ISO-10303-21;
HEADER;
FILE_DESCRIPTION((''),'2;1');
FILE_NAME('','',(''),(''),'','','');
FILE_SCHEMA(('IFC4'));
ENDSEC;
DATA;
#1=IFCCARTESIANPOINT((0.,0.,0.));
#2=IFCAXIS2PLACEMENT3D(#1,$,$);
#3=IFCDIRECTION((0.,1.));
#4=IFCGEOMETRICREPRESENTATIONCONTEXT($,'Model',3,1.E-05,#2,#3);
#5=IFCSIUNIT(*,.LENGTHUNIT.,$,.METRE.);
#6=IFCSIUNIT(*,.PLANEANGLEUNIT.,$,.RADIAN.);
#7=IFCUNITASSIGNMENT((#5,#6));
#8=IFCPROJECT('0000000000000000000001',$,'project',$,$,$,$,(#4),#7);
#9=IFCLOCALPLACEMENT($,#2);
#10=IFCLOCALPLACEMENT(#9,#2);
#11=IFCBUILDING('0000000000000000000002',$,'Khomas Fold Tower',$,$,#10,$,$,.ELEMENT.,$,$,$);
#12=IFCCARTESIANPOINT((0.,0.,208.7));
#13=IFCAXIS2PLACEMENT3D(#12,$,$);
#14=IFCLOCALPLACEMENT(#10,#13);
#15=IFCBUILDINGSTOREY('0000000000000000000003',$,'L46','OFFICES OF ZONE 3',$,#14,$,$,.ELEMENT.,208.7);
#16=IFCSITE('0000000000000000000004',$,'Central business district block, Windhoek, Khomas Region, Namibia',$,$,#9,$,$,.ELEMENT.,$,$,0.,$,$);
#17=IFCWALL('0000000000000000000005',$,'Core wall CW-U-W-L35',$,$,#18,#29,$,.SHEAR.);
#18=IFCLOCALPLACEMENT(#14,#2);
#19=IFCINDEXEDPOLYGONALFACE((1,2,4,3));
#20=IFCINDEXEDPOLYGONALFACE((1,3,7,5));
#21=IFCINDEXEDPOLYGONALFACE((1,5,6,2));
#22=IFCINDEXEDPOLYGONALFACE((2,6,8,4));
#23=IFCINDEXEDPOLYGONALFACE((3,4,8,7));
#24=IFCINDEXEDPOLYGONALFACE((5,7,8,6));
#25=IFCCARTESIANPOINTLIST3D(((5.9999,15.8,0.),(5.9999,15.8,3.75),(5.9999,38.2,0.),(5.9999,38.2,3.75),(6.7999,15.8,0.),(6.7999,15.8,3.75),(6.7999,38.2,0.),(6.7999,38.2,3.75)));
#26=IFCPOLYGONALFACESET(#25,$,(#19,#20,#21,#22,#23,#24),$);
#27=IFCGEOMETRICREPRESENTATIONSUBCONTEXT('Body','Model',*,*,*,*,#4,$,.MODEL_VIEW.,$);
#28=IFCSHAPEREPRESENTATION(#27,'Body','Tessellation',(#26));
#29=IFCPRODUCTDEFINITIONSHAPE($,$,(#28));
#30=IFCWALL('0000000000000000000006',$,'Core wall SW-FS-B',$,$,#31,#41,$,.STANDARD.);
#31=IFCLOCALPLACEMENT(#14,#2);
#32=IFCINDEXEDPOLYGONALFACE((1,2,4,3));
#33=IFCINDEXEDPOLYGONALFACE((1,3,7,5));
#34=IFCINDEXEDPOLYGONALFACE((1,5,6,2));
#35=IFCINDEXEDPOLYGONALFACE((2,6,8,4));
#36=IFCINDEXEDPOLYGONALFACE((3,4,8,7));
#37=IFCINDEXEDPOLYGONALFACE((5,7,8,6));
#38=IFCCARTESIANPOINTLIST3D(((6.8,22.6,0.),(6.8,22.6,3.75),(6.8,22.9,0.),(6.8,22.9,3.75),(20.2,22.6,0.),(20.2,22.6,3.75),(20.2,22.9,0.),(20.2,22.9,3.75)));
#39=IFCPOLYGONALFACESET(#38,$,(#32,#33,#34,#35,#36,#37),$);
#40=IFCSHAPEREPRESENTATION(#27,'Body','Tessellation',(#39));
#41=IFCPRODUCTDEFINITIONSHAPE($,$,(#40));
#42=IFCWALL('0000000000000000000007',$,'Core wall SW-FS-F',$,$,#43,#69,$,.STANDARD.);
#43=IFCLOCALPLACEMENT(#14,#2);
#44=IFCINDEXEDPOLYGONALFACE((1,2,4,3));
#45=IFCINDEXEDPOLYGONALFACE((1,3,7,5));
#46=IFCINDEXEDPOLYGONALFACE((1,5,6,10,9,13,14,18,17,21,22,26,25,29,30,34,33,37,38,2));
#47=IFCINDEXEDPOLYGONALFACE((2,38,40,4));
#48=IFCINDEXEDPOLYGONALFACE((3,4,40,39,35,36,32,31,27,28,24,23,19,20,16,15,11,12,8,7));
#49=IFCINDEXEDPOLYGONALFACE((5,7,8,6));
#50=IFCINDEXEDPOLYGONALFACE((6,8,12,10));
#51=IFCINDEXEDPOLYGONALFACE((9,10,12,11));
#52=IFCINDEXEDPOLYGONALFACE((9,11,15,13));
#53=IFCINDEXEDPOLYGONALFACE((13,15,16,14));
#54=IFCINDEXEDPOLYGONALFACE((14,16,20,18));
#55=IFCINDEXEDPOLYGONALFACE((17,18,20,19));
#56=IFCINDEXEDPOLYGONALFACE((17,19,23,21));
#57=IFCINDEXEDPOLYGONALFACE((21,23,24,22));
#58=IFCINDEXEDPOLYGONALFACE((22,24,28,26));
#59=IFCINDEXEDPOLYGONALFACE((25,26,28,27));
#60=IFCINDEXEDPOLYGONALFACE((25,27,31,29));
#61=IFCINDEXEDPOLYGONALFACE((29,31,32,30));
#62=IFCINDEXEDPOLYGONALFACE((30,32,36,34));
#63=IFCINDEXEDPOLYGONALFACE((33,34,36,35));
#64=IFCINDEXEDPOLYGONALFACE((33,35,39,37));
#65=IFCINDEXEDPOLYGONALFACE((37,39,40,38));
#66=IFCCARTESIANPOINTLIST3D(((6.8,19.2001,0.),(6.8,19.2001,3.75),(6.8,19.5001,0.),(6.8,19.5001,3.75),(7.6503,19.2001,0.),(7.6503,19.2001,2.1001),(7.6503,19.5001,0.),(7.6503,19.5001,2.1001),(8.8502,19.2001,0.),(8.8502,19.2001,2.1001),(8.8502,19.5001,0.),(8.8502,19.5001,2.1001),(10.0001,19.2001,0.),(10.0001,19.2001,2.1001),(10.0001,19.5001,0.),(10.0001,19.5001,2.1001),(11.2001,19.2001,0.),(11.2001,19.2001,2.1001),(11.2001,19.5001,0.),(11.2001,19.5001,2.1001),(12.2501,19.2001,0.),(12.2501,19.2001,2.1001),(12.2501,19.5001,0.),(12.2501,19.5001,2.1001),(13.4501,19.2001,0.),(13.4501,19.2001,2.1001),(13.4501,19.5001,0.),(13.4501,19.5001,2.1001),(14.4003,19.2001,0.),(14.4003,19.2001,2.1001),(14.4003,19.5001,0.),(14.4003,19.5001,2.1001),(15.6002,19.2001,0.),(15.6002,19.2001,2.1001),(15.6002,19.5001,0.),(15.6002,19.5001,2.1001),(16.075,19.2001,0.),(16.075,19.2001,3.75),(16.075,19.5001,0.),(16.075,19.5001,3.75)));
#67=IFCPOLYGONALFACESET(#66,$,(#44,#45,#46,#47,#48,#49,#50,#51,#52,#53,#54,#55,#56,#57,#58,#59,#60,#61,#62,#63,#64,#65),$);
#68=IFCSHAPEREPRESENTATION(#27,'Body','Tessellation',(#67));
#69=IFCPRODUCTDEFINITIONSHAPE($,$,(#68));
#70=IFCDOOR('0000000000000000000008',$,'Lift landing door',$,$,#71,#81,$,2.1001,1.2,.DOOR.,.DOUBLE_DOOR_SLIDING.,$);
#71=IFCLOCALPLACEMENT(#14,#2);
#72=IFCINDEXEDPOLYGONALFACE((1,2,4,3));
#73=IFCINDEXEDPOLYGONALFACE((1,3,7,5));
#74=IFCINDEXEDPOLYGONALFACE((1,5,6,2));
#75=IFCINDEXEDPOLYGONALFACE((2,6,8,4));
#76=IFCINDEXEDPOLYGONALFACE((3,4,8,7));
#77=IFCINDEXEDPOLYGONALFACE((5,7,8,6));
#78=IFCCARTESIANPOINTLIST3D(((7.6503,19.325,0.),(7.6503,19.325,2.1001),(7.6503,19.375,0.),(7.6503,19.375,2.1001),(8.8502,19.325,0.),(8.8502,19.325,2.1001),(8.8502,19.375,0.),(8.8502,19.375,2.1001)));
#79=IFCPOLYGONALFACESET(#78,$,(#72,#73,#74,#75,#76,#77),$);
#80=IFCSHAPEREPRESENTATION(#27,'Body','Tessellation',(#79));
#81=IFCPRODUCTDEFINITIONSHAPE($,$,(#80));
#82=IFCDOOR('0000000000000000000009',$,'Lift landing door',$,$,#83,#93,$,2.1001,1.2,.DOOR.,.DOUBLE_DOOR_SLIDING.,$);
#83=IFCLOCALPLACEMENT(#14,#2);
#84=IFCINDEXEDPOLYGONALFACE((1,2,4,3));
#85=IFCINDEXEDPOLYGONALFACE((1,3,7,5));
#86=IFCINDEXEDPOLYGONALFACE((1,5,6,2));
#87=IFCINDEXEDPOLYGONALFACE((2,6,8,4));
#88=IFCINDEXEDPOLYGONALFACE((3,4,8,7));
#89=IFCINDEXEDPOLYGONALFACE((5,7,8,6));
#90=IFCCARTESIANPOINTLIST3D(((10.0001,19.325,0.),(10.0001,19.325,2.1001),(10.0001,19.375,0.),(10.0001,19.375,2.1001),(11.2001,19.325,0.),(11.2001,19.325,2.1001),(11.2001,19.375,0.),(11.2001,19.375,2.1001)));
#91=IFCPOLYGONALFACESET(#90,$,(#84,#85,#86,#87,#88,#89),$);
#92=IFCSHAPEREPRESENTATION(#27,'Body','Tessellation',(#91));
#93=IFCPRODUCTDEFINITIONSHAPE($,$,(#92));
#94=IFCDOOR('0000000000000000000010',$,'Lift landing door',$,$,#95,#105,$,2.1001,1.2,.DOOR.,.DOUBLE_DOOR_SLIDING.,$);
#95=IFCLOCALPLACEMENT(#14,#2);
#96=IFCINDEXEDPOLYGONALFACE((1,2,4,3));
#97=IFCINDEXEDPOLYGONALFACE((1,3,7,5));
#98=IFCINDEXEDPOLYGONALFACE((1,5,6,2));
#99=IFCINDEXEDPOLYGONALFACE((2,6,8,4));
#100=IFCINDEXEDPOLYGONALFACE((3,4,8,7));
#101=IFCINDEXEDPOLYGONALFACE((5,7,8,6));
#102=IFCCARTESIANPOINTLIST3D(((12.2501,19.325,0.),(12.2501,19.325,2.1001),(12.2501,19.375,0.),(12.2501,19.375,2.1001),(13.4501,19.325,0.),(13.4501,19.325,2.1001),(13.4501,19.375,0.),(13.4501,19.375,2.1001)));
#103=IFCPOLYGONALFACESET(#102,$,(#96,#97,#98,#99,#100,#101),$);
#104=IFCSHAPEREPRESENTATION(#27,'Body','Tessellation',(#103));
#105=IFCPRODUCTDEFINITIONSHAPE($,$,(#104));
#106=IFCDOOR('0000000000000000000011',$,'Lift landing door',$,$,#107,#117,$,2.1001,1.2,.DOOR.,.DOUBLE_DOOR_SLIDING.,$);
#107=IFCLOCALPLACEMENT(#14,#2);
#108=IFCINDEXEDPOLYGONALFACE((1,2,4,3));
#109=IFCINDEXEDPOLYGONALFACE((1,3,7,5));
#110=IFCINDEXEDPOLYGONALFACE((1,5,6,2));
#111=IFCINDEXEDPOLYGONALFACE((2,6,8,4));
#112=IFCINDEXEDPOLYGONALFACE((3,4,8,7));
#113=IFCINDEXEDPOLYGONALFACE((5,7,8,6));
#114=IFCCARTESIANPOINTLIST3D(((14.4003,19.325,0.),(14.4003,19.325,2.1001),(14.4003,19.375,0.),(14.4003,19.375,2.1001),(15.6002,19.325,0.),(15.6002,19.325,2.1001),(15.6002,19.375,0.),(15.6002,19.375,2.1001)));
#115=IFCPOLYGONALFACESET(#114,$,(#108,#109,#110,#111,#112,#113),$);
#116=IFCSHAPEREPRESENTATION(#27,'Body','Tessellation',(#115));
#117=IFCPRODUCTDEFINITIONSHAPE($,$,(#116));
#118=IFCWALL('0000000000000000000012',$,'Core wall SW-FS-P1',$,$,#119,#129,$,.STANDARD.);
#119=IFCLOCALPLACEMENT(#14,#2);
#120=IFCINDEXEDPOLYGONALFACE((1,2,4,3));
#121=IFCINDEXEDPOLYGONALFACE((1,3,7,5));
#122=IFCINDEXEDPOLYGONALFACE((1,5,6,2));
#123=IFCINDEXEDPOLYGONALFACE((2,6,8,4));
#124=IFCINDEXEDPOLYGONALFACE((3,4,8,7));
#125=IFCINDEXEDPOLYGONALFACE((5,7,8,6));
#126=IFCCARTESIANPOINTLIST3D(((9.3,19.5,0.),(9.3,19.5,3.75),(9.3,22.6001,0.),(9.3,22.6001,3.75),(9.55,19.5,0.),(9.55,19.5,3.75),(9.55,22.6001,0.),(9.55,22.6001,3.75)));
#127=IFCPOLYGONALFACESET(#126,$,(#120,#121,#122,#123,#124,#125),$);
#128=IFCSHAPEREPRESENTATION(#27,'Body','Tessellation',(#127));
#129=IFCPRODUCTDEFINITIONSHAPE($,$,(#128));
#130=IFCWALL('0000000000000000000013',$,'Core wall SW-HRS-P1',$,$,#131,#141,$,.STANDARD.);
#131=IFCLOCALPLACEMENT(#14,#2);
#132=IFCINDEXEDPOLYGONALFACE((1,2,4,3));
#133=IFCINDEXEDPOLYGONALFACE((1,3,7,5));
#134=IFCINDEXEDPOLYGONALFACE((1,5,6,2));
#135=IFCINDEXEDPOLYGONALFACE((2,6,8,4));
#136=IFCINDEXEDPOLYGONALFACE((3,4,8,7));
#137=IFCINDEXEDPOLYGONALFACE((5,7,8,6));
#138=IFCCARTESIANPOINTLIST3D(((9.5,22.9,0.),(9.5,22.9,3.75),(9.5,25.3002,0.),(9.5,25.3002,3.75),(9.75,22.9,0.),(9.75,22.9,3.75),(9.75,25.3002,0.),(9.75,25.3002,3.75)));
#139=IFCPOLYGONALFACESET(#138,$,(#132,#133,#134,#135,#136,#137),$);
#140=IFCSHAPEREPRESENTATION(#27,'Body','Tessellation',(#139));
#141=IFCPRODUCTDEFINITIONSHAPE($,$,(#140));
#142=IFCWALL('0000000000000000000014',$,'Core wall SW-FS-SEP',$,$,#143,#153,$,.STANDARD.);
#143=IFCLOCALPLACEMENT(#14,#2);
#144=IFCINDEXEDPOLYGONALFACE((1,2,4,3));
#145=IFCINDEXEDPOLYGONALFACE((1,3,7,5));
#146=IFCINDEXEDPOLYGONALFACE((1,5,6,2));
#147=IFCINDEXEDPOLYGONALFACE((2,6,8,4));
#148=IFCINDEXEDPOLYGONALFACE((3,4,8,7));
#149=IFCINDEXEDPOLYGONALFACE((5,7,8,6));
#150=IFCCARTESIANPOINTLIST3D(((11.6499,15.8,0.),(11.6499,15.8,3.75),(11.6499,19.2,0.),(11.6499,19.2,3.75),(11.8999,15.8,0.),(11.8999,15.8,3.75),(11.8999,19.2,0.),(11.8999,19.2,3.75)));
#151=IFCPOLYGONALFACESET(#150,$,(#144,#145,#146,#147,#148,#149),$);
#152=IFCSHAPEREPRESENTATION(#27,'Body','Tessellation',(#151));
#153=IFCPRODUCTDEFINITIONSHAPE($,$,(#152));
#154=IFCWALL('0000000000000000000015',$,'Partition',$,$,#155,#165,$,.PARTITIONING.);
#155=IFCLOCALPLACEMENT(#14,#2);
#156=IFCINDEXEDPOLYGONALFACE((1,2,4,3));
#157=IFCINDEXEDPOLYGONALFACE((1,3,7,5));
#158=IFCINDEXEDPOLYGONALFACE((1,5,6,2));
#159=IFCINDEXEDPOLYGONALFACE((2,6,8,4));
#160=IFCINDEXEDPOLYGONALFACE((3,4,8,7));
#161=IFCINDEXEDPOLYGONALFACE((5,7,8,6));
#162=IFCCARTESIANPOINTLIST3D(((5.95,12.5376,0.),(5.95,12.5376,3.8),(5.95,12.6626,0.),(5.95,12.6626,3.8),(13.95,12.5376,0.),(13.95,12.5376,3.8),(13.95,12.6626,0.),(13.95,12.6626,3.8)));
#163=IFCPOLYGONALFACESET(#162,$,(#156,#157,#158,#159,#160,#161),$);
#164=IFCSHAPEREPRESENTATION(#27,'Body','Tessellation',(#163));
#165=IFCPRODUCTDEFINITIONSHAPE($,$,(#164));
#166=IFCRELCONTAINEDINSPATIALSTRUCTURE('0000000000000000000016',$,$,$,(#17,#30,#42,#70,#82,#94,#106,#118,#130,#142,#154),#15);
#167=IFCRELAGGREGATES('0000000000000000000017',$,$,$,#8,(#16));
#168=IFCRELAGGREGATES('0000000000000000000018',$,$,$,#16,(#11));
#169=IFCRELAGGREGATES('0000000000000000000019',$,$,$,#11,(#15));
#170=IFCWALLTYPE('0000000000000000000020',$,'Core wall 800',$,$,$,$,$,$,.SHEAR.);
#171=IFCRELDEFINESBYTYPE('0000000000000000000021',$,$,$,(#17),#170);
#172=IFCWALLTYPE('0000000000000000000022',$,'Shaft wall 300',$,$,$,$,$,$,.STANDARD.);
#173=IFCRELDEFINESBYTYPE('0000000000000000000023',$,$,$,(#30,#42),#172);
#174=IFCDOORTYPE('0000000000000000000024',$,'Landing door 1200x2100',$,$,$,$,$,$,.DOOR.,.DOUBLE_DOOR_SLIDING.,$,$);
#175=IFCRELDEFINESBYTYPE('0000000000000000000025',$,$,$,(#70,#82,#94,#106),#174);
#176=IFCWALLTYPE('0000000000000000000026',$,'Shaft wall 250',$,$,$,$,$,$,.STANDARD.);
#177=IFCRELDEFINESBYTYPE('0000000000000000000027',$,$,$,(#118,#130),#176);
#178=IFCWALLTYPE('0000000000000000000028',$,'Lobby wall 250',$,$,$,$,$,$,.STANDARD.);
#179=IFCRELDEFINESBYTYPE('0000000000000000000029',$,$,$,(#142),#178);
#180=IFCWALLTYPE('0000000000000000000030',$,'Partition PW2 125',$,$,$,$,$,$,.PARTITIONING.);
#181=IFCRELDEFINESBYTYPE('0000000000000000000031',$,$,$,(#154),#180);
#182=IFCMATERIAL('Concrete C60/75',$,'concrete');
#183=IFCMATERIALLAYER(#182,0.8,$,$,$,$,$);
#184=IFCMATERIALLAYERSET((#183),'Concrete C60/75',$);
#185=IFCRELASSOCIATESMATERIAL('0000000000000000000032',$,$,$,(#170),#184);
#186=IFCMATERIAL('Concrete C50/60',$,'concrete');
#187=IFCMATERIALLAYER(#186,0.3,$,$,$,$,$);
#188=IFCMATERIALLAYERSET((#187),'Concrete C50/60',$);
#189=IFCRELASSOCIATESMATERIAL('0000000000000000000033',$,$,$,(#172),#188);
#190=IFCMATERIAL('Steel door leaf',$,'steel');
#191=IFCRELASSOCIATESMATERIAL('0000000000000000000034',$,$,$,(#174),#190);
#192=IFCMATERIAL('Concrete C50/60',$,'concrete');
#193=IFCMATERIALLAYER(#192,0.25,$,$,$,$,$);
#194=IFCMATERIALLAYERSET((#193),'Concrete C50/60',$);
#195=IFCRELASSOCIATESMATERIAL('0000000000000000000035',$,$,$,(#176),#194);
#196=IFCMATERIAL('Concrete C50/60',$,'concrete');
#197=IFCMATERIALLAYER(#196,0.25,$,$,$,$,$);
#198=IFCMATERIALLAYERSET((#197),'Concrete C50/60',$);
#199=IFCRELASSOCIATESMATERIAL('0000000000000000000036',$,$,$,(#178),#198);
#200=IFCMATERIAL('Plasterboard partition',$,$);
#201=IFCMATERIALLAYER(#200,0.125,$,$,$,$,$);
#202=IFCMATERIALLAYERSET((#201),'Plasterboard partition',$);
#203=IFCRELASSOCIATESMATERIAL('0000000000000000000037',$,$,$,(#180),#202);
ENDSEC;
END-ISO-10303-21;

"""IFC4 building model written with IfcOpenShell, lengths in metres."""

from ifc_helpers import new_model, si_unit, direction, frame, frame_2d, origin, place, context, subcontext, project, spatial, rectangle, extrude, source, transform, mapped, material, layer, layer_set, type_object, element, fill, save


model = new_model("IFC4")

# Units and contexts
model_context = context("Model", 3, precision=1e-05, world=origin(), true_north=direction((0.0, 1.0)))
body_context = subcontext(model_context, "Body", "Model", "MODEL_VIEW")
ifc_project = project(units=[si_unit("LENGTHUNIT", "METRE"), si_unit("PLANEANGLEUNIT", "RADIAN")], contexts=[model_context])

# Site, building, storey
site_placement = place(None, origin())
site = spatial("IfcSite", under=ifc_project, at=site_placement, Name="Central business district block, Windhoek, Khomas Region, Namibia", CompositionType="ELEMENT", RefElevation=0.0)
building_placement = place(site_placement, origin())
building = spatial("IfcBuilding", under=site, at=building_placement, Name="Khomas Fold Tower", CompositionType="ELEMENT")
storey_placement = place(building_placement, frame((0.0, 0.0, 208.7)))
storey = spatial("IfcBuildingStorey", under=building, at=storey_placement, Name="L46", Description="OFFICES OF ZONE 3", CompositionType="ELEMENT", Elevation=208.7)

# Shared definitions
ifc_material_1 = material(Name="Concrete C60/75", Category="concrete")
ifc_layer_1 = layer(ifc_material_1, 0.8)
ifc_layer_set_1 = layer_set([ifc_layer_1], Name="Concrete C60/75")
wall_type_1 = type_object("IfcWallType", Name="Core wall 800", PredefinedType="SHEAR", material=ifc_layer_set_1)

# Walls
shared_shape_1 = source(origin(), body_context, "Body", "SweptSolid", [
    extrude(rectangle(XDim=22.3999, YDim=0.8, at=frame_2d((11.2, 0.0))), origin(), (0.0, 0.0, 1.0), 3.75),
])
wall_1_placement = place(storey_placement, frame((6.3999, 15.8, 0.0), z_axis=(0.0, 0.0, 1.0), x_axis=(0.0, 1.0, 0.0)))
element("IfcWall", 1, at=wall_1_placement, inside=storey, type_object=wall_type_1, Name="Core wall CW-U-W-L35", PredefinedType="SHEAR", context=body_context, shape_type="MappedRepresentation", body=[
    mapped(shared_shape_1, transform((0.0, 0.0, 0.0))),
])
ifc_material_2 = material(Name="Concrete C50/60", Category="concrete")
ifc_layer_2 = layer(ifc_material_2, 0.3)
ifc_layer_set_2 = layer_set([ifc_layer_2], Name="Concrete C50/60")
wall_type_2 = type_object("IfcWallType", Name="Shaft wall 300", PredefinedType="STANDARD", material=ifc_layer_set_2)
shared_shape_2 = source(origin(), body_context, "Body", "SweptSolid", [
    extrude(rectangle(XDim=13.3999, YDim=0.3, at=frame_2d((6.7, 0.0))), origin(), (0.0, 0.0, 1.0), 3.75),
])
wall_2_placement = place(storey_placement, frame((6.8, 22.75, 0.0), z_axis=(0.0, 0.0, 1.0), x_axis=(1.0, 0.0, 0.0)))
element("IfcWall", 2, at=wall_2_placement, inside=storey, type_object=wall_type_2, Name="Core wall SW-FS-B", PredefinedType="STANDARD", context=body_context, shape_type="MappedRepresentation", body=[
    mapped(shared_shape_2, transform((0.0, 0.0, 0.0))),
])

# Wall, openings, doors
shared_shape_3 = source(origin(), body_context, "Body", "SweptSolid", [
    extrude(rectangle(XDim=9.2749, YDim=0.3, at=frame_2d((4.6375, 0.0))), origin(), (0.0, 0.0, 1.0), 3.75),
])
wall_3_placement = place(storey_placement, frame((6.8, 19.3501, 0.0), z_axis=(0.0, 0.0, 1.0), x_axis=(1.0, 0.0, 0.0)))
wall_3 = element("IfcWall", 3, at=wall_3_placement, inside=storey, type_object=wall_type_2, Name="Core wall SW-FS-F", PredefinedType="STANDARD", context=body_context, shape_type="MappedRepresentation", body=[
    mapped(shared_shape_3, transform((0.0, 0.0, 0.0))),
])
shared_shape_4 = source(origin(), body_context, "Body", "SweptSolid", [
    extrude(rectangle(XDim=1.2, YDim=2.1001, at=frame_2d((0.6001, 1.05))), frame((0.0, 0.1599, 0.0), z_axis=(0.0, -1.0, 0.0), x_axis=(1.0, 0.0, 0.0)), (0.0, 0.0, 1.0), 0.3201),
])
opening_1_placement = place(wall_3_placement, frame((0.8501, 0.0, 0.0)))
opening_1 = element("IfcOpeningElement", 4, at=opening_1_placement, cuts=wall_3, PredefinedType="OPENING", context=body_context, shape_type="MappedRepresentation", body=[
    mapped(shared_shape_4, transform((0.0, 0.0, 0.0))),
])
opening_2_placement = place(wall_3_placement, frame((3.2, 0.0, 0.0)))
opening_2 = element("IfcOpeningElement", 5, at=opening_2_placement, cuts=wall_3, PredefinedType="OPENING", context=body_context, shape_type="MappedRepresentation", body=[
    mapped(shared_shape_4, transform((0.0, 0.0, 0.0))),
])
opening_3_placement = place(wall_3_placement, frame((5.45, 0.0, 0.0)))
opening_3 = element("IfcOpeningElement", 6, at=opening_3_placement, cuts=wall_3, PredefinedType="OPENING", context=body_context, shape_type="MappedRepresentation", body=[
    mapped(shared_shape_4, transform((0.0, 0.0, 0.0))),
])
opening_4_placement = place(wall_3_placement, frame((7.6001, 0.0, 0.0)))
opening_4 = element("IfcOpeningElement", 7, at=opening_4_placement, cuts=wall_3, PredefinedType="OPENING", context=body_context, shape_type="MappedRepresentation", body=[
    mapped(shared_shape_4, transform((0.0, 0.0, 0.0))),
])
ifc_material_3 = material(Name="Steel door leaf", Category="steel")
door_type_1 = type_object("IfcDoorType", Name="Landing door 1200x2100", OperationType="DOUBLE_DOOR_SLIDING", PredefinedType="DOOR", material=ifc_material_3)
shared_shape_5 = source(origin(), body_context, "Body", "SweptSolid", [
    extrude(rectangle(XDim=1.2, YDim=2.1001, at=frame_2d((0.6001, 1.05))), frame((0.0, 0.0249, 0.0), z_axis=(0.0, -1.0, 0.0), x_axis=(1.0, 0.0, 0.0)), (0.0, 0.0, 1.0), 0.05),
])
door_1_placement = place(opening_1_placement, origin())
door_1 = element("IfcDoor", 8, at=door_1_placement, inside=storey, type_object=door_type_1, Name="Lift landing door", OperationType="DOUBLE_DOOR_SLIDING", OverallHeight=2.1001, OverallWidth=1.2, PredefinedType="DOOR", context=body_context, shape_type="MappedRepresentation", body=[
    mapped(shared_shape_5, transform((0.0, 0.0, 0.0))),
])
fill(opening_1, door_1)
door_2_placement = place(opening_2_placement, origin())
door_2 = element("IfcDoor", 9, at=door_2_placement, inside=storey, type_object=door_type_1, Name="Lift landing door", OperationType="DOUBLE_DOOR_SLIDING", OverallHeight=2.1001, OverallWidth=1.2, PredefinedType="DOOR", context=body_context, shape_type="MappedRepresentation", body=[
    mapped(shared_shape_5, transform((0.0, 0.0, 0.0))),
])
fill(opening_2, door_2)
door_3_placement = place(opening_3_placement, origin())
door_3 = element("IfcDoor", 10, at=door_3_placement, inside=storey, type_object=door_type_1, Name="Lift landing door", OperationType="DOUBLE_DOOR_SLIDING", OverallHeight=2.1001, OverallWidth=1.2, PredefinedType="DOOR", context=body_context, shape_type="MappedRepresentation", body=[
    mapped(shared_shape_5, transform((0.0, 0.0, 0.0))),
])
fill(opening_3, door_3)
door_4_placement = place(opening_4_placement, origin())
door_4 = element("IfcDoor", 11, at=door_4_placement, inside=storey, type_object=door_type_1, Name="Lift landing door", OperationType="DOUBLE_DOOR_SLIDING", OverallHeight=2.1001, OverallWidth=1.2, PredefinedType="DOOR", context=body_context, shape_type="MappedRepresentation", body=[
    mapped(shared_shape_5, transform((0.0, 0.0, 0.0))),
])
fill(opening_4, door_4)

# Walls
ifc_material_4 = material(Name="Concrete C50/60", Category="concrete")
ifc_layer_3 = layer(ifc_material_4, 0.25)
ifc_layer_set_3 = layer_set([ifc_layer_3], Name="Concrete C50/60")
wall_type_3 = type_object("IfcWallType", Name="Shaft wall 250", PredefinedType="STANDARD", material=ifc_layer_set_3)
shared_shape_6 = source(origin(), body_context, "Body", "SweptSolid", [
    extrude(rectangle(XDim=3.1001, YDim=0.25, at=frame_2d((1.55, 0.0))), origin(), (0.0, 0.0, 1.0), 3.75),
])
wall_4_placement = place(storey_placement, frame((9.425, 19.5, 0.0), z_axis=(0.0, 0.0, 1.0), x_axis=(0.0, 1.0, 0.0)))
element("IfcWall", 12, at=wall_4_placement, inside=storey, type_object=wall_type_3, Name="Core wall SW-FS-P1", PredefinedType="STANDARD", context=body_context, shape_type="MappedRepresentation", body=[
    mapped(shared_shape_6, transform((0.0, 0.0, 0.0))),
])
shared_shape_7 = source(origin(), body_context, "Body", "SweptSolid", [
    extrude(rectangle(XDim=2.4001, YDim=0.25, at=frame_2d((1.2002, 0.0))), origin(), (0.0, 0.0, 1.0), 3.75),
])
wall_5_placement = place(storey_placement, frame((9.625, 22.8999, 0.0), z_axis=(0.0, 0.0, 1.0), x_axis=(0.0, 1.0, 0.0)))
element("IfcWall", 13, at=wall_5_placement, inside=storey, type_object=wall_type_3, Name="Core wall SW-HRS-P1", PredefinedType="STANDARD", context=body_context, shape_type="MappedRepresentation", body=[
    mapped(shared_shape_7, transform((0.0, 0.0, 0.0))),
])
ifc_material_5 = material(Name="Concrete C50/60", Category="concrete")
ifc_layer_4 = layer(ifc_material_5, 0.25)
ifc_layer_set_4 = layer_set([ifc_layer_4], Name="Concrete C50/60")
wall_type_4 = type_object("IfcWallType", Name="Lobby wall 250", PredefinedType="STANDARD", material=ifc_layer_set_4)
shared_shape_8 = source(origin(), body_context, "Body", "SweptSolid", [
    extrude(rectangle(XDim=3.3999, YDim=0.25, at=frame_2d((1.7, 0.0))), origin(), (0.0, 0.0, 1.0), 3.75),
])
wall_6_placement = place(storey_placement, frame((11.7749, 15.8, 0.0), z_axis=(0.0, 0.0, 1.0), x_axis=(0.0, 1.0, 0.0)))
element("IfcWall", 14, at=wall_6_placement, inside=storey, type_object=wall_type_4, Name="Core wall SW-FS-SEP", PredefinedType="STANDARD", context=body_context, shape_type="MappedRepresentation", body=[
    mapped(shared_shape_8, transform((0.0, 0.0, 0.0))),
])
ifc_material_6 = material(Name="Plasterboard partition")
ifc_layer_5 = layer(ifc_material_6, 0.125)
ifc_layer_set_5 = layer_set([ifc_layer_5], Name="Plasterboard partition")
wall_type_5 = type_object("IfcWallType", Name="Partition PW2 125", PredefinedType="PARTITIONING", material=ifc_layer_set_5)
shared_shape_9 = source(origin(), body_context, "Body", "SweptSolid", [
    extrude(rectangle(XDim=8.0, YDim=0.125, at=frame_2d((4.0, 0.0))), origin(), (0.0, 0.0, 1.0), 3.8),
])
wall_7_placement = place(storey_placement, frame((5.95, 12.6001, 0.0), z_axis=(0.0, 0.0, 1.0), x_axis=(1.0, 0.0, 0.0)))
element("IfcWall", 15, at=wall_7_placement, inside=storey, type_object=wall_type_5, Name="Partition", PredefinedType="PARTITIONING", context=body_context, shape_type="MappedRepresentation", body=[
    mapped(shared_shape_9, transform((0.0, 0.0, 0.0))),
])

save(model, "model.ifc")
